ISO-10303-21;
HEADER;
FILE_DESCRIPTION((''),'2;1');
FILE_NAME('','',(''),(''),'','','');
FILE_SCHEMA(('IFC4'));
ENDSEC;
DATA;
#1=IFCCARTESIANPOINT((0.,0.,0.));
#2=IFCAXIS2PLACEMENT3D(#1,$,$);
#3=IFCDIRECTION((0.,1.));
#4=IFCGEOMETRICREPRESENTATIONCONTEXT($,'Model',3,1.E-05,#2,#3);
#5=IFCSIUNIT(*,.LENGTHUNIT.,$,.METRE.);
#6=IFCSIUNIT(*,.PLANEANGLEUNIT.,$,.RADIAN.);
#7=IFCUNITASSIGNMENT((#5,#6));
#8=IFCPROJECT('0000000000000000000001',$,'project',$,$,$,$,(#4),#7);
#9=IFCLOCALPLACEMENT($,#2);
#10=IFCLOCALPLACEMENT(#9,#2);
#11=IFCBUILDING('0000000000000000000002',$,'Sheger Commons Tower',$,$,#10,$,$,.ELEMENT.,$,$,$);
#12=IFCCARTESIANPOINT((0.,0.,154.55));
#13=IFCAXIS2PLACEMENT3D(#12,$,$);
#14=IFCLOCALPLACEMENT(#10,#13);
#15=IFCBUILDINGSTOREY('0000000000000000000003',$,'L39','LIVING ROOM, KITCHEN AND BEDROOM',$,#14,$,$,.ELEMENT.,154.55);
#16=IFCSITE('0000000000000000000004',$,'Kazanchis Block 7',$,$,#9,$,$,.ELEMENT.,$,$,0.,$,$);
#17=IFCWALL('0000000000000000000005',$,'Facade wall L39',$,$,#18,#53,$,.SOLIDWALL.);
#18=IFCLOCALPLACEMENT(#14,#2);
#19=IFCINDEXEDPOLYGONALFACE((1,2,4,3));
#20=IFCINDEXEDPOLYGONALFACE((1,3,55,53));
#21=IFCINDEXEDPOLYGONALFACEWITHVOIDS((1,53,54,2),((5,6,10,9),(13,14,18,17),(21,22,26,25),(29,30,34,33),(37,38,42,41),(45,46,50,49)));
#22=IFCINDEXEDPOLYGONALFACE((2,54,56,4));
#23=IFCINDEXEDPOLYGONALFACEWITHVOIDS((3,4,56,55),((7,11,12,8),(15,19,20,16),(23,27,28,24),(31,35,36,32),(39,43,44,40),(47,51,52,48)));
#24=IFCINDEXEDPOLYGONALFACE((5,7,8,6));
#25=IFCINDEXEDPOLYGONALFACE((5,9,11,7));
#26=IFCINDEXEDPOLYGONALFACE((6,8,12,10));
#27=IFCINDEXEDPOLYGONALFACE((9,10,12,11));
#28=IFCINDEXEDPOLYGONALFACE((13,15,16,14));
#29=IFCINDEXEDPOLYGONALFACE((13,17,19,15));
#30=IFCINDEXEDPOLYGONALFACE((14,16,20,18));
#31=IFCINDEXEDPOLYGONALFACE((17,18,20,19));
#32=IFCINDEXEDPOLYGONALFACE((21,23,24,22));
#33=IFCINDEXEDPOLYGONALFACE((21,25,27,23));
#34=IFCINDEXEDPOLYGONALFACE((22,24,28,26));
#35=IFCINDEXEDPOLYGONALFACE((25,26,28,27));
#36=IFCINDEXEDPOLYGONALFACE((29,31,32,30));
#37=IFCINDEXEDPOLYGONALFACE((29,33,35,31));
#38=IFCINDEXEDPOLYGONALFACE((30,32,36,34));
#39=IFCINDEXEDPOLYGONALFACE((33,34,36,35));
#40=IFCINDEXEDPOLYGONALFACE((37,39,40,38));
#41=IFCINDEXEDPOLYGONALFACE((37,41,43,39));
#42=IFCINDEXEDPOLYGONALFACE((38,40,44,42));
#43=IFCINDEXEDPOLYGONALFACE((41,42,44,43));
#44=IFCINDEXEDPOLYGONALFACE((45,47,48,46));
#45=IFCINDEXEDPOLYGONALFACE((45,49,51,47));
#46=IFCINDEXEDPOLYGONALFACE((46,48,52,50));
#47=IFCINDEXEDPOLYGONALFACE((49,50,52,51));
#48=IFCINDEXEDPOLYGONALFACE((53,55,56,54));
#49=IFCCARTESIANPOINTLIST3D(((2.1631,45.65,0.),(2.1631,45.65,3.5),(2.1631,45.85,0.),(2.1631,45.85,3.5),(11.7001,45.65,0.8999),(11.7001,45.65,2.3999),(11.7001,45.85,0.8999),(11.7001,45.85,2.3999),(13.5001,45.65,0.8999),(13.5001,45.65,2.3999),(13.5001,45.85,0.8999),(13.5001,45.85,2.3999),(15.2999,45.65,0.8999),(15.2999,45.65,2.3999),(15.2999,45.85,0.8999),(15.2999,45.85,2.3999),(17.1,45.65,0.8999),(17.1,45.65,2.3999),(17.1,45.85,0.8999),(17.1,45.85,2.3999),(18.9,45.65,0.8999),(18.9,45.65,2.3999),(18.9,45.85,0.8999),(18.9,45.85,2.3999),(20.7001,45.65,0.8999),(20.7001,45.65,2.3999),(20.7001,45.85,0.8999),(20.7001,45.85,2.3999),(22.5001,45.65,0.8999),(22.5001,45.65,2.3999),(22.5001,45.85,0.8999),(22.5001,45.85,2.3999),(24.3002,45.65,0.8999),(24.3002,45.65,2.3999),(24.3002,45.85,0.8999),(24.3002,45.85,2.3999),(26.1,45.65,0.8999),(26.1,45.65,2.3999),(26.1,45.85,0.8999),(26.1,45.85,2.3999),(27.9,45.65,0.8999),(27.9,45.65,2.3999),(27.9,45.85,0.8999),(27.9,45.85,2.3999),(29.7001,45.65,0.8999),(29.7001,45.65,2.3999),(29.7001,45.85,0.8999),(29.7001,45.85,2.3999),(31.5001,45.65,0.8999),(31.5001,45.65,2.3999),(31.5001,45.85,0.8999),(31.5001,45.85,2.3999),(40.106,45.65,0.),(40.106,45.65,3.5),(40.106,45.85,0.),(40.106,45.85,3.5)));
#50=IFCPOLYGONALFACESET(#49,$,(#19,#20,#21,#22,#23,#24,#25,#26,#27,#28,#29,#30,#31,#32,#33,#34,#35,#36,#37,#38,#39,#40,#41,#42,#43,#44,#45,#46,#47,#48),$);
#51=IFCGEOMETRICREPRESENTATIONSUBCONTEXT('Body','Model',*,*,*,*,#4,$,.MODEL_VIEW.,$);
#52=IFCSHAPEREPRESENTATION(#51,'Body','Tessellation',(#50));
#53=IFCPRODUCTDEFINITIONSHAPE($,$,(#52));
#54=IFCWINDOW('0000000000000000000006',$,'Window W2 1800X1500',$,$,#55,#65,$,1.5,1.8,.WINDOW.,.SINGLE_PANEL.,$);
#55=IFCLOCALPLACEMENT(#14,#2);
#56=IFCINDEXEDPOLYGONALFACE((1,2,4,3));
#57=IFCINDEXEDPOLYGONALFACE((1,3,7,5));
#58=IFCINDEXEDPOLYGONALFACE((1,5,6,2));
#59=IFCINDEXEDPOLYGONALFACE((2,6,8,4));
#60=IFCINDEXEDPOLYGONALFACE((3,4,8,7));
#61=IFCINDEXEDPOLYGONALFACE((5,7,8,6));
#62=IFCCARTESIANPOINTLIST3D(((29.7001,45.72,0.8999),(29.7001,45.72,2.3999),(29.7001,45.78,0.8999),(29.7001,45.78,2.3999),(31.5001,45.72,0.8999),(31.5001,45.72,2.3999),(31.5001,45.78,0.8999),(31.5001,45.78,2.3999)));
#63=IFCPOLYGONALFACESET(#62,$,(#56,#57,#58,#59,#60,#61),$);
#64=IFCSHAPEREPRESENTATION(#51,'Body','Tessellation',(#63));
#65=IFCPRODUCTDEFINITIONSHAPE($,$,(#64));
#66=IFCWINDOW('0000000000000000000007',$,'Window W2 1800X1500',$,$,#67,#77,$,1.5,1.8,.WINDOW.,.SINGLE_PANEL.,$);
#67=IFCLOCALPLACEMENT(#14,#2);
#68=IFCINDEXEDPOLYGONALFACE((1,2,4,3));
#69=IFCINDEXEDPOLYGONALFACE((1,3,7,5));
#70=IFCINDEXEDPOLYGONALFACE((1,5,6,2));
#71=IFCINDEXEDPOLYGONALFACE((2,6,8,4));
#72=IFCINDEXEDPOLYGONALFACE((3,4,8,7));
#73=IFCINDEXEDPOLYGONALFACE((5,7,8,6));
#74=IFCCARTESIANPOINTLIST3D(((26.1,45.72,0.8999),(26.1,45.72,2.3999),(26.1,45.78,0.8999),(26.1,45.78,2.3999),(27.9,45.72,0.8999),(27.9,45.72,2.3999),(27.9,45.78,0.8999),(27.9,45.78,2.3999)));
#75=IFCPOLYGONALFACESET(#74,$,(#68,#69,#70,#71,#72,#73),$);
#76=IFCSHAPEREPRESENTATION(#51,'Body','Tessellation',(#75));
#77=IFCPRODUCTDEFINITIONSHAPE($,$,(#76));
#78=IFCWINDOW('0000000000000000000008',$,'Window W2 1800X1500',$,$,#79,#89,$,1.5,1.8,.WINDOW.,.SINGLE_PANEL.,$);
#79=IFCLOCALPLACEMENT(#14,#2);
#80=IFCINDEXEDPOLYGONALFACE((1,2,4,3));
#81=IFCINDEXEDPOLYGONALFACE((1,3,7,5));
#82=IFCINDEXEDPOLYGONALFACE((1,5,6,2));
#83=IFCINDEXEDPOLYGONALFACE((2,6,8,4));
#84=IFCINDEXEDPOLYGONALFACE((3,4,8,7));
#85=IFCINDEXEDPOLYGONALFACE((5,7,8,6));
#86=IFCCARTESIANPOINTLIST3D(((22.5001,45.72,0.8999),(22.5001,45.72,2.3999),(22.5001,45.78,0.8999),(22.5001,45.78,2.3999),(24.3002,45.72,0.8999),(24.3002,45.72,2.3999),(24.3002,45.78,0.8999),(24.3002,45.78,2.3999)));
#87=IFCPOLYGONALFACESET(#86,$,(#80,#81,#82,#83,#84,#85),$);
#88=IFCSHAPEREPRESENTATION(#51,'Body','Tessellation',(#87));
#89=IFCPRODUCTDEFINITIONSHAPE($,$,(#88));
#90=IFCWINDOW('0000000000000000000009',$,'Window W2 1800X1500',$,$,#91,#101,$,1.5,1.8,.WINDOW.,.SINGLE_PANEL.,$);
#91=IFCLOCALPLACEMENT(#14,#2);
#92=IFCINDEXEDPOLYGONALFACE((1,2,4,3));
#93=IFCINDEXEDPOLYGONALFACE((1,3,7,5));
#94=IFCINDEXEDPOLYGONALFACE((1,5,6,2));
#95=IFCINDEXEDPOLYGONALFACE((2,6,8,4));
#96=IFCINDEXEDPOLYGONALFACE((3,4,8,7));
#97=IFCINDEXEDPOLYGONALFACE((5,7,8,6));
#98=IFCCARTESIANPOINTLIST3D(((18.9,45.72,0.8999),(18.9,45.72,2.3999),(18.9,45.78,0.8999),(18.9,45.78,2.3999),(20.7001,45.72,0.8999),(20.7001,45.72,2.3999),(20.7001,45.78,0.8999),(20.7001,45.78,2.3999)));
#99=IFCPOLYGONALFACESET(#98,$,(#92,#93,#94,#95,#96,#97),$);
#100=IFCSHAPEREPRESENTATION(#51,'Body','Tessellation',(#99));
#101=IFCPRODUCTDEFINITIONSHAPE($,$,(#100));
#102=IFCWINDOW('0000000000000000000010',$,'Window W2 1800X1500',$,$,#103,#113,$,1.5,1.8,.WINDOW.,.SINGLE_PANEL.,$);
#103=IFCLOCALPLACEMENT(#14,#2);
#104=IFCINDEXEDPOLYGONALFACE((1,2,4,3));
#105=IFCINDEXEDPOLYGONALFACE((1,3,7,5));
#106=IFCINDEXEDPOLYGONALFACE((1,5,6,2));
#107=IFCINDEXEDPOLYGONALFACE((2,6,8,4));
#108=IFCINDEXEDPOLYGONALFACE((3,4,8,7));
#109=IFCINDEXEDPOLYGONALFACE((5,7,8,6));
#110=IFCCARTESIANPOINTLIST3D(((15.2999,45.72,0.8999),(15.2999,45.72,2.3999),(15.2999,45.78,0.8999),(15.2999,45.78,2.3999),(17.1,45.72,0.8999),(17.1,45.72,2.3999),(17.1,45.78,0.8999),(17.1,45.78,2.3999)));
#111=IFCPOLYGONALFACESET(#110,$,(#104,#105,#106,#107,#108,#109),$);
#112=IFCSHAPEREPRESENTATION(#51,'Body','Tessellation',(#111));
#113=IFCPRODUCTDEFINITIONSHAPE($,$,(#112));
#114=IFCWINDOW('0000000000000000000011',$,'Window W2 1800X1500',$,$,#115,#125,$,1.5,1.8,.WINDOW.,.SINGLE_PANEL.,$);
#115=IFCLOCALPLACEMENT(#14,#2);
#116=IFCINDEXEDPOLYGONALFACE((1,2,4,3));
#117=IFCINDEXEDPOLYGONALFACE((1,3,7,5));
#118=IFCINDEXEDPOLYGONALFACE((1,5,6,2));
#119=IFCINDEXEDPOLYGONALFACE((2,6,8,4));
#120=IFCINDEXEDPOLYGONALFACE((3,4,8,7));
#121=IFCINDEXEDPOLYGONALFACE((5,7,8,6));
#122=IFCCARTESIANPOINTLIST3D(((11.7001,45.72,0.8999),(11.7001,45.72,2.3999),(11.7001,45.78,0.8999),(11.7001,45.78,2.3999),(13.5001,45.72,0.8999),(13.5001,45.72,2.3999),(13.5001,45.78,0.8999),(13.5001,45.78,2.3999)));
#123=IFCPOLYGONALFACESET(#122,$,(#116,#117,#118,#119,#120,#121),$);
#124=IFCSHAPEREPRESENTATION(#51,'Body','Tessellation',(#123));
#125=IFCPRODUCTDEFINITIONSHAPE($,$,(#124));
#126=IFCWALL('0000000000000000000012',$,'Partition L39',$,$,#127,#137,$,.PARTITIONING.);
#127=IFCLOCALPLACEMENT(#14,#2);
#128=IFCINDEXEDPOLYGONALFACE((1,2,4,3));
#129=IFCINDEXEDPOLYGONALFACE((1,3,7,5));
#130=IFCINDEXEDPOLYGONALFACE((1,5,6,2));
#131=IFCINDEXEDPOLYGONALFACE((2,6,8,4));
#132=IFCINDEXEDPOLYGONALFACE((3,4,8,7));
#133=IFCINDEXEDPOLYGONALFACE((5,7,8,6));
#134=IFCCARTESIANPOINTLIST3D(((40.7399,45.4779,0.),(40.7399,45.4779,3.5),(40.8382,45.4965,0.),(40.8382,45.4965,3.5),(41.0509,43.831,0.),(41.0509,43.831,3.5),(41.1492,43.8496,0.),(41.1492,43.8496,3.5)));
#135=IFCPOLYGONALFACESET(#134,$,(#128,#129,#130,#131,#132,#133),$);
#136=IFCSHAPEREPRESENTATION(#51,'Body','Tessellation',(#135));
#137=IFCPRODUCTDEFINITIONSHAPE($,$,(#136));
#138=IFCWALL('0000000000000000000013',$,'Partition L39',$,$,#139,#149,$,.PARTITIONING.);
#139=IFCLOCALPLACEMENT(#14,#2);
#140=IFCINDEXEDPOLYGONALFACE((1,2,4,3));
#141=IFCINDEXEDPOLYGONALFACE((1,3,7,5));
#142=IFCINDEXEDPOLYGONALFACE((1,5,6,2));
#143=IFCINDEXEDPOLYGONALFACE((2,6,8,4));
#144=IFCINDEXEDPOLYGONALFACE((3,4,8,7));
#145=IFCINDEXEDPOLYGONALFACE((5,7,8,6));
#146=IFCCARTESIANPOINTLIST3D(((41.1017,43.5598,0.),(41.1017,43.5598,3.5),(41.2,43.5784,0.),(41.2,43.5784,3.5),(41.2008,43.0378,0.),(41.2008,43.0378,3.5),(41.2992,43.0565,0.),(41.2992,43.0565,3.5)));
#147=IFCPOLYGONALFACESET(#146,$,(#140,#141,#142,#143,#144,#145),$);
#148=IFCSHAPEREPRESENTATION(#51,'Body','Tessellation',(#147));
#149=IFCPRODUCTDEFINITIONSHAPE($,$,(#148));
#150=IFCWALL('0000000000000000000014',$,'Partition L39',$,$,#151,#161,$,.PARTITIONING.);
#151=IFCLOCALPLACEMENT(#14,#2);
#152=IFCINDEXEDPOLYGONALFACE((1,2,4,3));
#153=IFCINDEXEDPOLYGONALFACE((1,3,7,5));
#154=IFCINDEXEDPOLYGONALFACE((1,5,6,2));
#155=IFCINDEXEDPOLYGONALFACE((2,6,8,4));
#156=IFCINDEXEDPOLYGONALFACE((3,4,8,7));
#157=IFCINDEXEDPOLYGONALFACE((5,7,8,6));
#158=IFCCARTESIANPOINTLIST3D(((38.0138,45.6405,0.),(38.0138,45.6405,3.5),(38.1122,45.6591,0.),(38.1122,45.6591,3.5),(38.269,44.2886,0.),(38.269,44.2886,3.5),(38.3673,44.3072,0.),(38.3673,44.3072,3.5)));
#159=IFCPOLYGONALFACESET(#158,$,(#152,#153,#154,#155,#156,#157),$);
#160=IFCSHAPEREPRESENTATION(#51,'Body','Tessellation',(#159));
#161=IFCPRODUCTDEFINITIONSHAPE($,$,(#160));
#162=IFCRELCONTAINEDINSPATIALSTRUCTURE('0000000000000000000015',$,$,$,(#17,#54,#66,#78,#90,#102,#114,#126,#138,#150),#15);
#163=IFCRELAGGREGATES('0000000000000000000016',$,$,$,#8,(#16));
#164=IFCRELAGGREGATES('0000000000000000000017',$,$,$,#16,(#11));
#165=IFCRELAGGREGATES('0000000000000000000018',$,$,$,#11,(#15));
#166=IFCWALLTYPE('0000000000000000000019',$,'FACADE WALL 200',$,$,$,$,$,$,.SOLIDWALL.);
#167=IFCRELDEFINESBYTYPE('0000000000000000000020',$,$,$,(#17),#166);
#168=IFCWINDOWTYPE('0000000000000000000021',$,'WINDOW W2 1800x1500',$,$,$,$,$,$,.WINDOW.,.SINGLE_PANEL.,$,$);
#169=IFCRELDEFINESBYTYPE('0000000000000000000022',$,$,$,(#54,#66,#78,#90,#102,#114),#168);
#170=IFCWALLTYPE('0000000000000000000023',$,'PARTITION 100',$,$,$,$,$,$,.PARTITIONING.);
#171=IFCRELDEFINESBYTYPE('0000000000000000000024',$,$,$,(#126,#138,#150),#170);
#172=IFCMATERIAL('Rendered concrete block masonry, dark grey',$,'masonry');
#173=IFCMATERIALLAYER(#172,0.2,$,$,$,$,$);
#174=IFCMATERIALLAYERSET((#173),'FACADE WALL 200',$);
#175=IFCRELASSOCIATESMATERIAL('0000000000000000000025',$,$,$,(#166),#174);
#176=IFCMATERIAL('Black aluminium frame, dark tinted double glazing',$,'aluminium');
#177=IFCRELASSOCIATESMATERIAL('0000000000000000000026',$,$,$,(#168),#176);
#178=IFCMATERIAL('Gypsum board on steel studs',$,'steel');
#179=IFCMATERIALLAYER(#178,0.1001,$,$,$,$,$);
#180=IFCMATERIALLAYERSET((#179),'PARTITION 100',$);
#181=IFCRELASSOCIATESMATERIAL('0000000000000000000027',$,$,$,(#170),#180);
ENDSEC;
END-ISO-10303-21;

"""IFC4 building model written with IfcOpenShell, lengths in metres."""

from ifc_helpers import new_model, si_unit, direction, frame, frame_2d, origin, place, context, subcontext, project, spatial, rectangle, extrude, material, layer, layer_set, type_object, element, fill, save


model = new_model("IFC4")

# Units and contexts
model_context = context("Model", 3, precision=1e-05, world=origin(), true_north=direction((0.0, 1.0)))
body_context = subcontext(model_context, "Body", "Model", "MODEL_VIEW")
ifc_project = project(units=[si_unit("LENGTHUNIT", "METRE"), si_unit("PLANEANGLEUNIT", "RADIAN")], contexts=[model_context])

# Site, building, storey
site_placement = place(None, origin())
site = spatial("IfcSite", under=ifc_project, at=site_placement, Name="Kazanchis Block 7", CompositionType="ELEMENT", RefElevation=0.0)
building_placement = place(site_placement, origin())
building = spatial("IfcBuilding", under=site, at=building_placement, Name="Sheger Commons Tower", CompositionType="ELEMENT")
storey_placement = place(building_placement, frame((0.0, 0.0, 154.55)))
storey = spatial("IfcBuildingStorey", under=building, at=storey_placement, Name="L39", Description="LIVING ROOM, KITCHEN AND BEDROOM", CompositionType="ELEMENT", Elevation=154.55)

# Shared definitions
ifc_material_1 = material(Name="Rendered concrete block masonry, dark grey", Category="masonry")
ifc_layer_1 = layer(ifc_material_1, 0.2)
ifc_layer_set_1 = layer_set([ifc_layer_1], Name="FACADE WALL 200")
wall_type_1 = type_object("IfcWallType", Name="FACADE WALL 200", PredefinedType="SOLIDWALL", material=ifc_layer_set_1)

# Wall, openings, windows
wall_1_placement = place(storey_placement, frame((40.106, 45.75, 0.0), z_axis=(0.0, 0.0, 1.0), x_axis=(-1.0, 0.0, 0.0)))
wall_1 = element("IfcWall", 1, at=wall_1_placement, inside=storey, type_object=wall_type_1, Name="Facade wall L39", PredefinedType="SOLIDWALL", context=body_context, shape_type="SweptSolid", body=[
    extrude(rectangle(XDim=37.9429, YDim=0.2, at=frame_2d((18.9714, 0.0))), origin(), (0.0, 0.0, 1.0), 3.5),
])
opening_1_placement = place(wall_1_placement, frame((8.606, 0.0, 0.8999)))
opening_1 = element("IfcOpeningElement", 2, at=opening_1_placement, cuts=wall_1, PredefinedType="OPENING", context=body_context, shape_type="SweptSolid", body=[
    extrude(rectangle(XDim=1.8, YDim=1.5, at=frame_2d((0.8999, 0.75))), frame((0.0, 0.1099, 0.0), z_axis=(0.0, -1.0, 0.0), x_axis=(1.0, 0.0, 0.0)), (0.0, 0.0, 1.0), 0.22),
])
opening_2_placement = place(wall_1_placement, frame((12.2061, 0.0, 0.8999)))
opening_2 = element("IfcOpeningElement", 3, at=opening_2_placement, cuts=wall_1, PredefinedType="OPENING", context=body_context, shape_type="SweptSolid", body=[
    extrude(rectangle(XDim=1.8, YDim=1.5, at=frame_2d((0.8999, 0.75))), frame((0.0, 0.1099, 0.0), z_axis=(0.0, -1.0, 0.0), x_axis=(1.0, 0.0, 0.0)), (0.0, 0.0, 1.0), 0.22),
])
opening_3_placement = place(wall_1_placement, frame((15.8059, 0.0, 0.8999)))
opening_3 = element("IfcOpeningElement", 4, at=opening_3_placement, cuts=wall_1, PredefinedType="OPENING", context=body_context, shape_type="SweptSolid", body=[
    extrude(rectangle(XDim=1.8, YDim=1.5, at=frame_2d((0.8999, 0.75))), frame((0.0, 0.1099, 0.0), z_axis=(0.0, -1.0, 0.0), x_axis=(1.0, 0.0, 0.0)), (0.0, 0.0, 1.0), 0.22),
])
opening_4_placement = place(wall_1_placement, frame((19.406, 0.0, 0.8999)))
opening_4 = element("IfcOpeningElement", 5, at=opening_4_placement, cuts=wall_1, PredefinedType="OPENING", context=body_context, shape_type="SweptSolid", body=[
    extrude(rectangle(XDim=1.8, YDim=1.5, at=frame_2d((0.8999, 0.75))), frame((0.0, 0.1099, 0.0), z_axis=(0.0, -1.0, 0.0), x_axis=(1.0, 0.0, 0.0)), (0.0, 0.0, 1.0), 0.22),
])
opening_5_placement = place(wall_1_placement, frame((23.0061, 0.0, 0.8999)))
opening_5 = element("IfcOpeningElement", 6, at=opening_5_placement, cuts=wall_1, PredefinedType="OPENING", context=body_context, shape_type="SweptSolid", body=[
    extrude(rectangle(XDim=1.8, YDim=1.5, at=frame_2d((0.8999, 0.75))), frame((0.0, 0.1099, 0.0), z_axis=(0.0, -1.0, 0.0), x_axis=(1.0, 0.0, 0.0)), (0.0, 0.0, 1.0), 0.22),
])
opening_6_placement = place(wall_1_placement, frame((26.606, 0.0, 0.8999)))
opening_6 = element("IfcOpeningElement", 7, at=opening_6_placement, cuts=wall_1, PredefinedType="OPENING", context=body_context, shape_type="SweptSolid", body=[
    extrude(rectangle(XDim=1.8, YDim=1.5, at=frame_2d((0.8999, 0.75))), frame((0.0, 0.1099, 0.0), z_axis=(0.0, -1.0, 0.0), x_axis=(1.0, 0.0, 0.0)), (0.0, 0.0, 1.0), 0.22),
])
ifc_material_2 = material(Name="Black aluminium frame, dark tinted double glazing", Category="aluminium")
window_type = type_object("IfcWindowType", Name="WINDOW W2 1800x1500", PartitioningType="SINGLE_PANEL", PredefinedType="WINDOW", material=ifc_material_2)
window_1_placement = place(opening_1_placement, origin())
window_1 = element("IfcWindow", 8, at=window_1_placement, inside=storey, type_object=window_type, Name="Window W2 1800X1500", OverallHeight=1.5, OverallWidth=1.8, PartitioningType="SINGLE_PANEL", PredefinedType="WINDOW", context=body_context, shape_type="SweptSolid", body=[
    extrude(rectangle(XDim=1.8, YDim=1.5, at=frame_2d((0.8999, 0.75))), frame((0.0, 0.03, 0.0), z_axis=(0.0, -1.0, 0.0), x_axis=(1.0, 0.0, 0.0)), (0.0, 0.0, 1.0), 0.0601),
])
fill(opening_1, window_1)
window_2_placement = place(opening_2_placement, origin())
window_2 = element("IfcWindow", 9, at=window_2_placement, inside=storey, type_object=window_type, Name="Window W2 1800X1500", OverallHeight=1.5, OverallWidth=1.8, PartitioningType="SINGLE_PANEL", PredefinedType="WINDOW", context=body_context, shape_type="SweptSolid", body=[
    extrude(rectangle(XDim=1.8, YDim=1.5, at=frame_2d((0.8999, 0.75))), frame((0.0, 0.03, 0.0), z_axis=(0.0, -1.0, 0.0), x_axis=(1.0, 0.0, 0.0)), (0.0, 0.0, 1.0), 0.0601),
])
fill(opening_2, window_2)
window_3_placement = place(opening_3_placement, origin())
window_3 = element("IfcWindow", 10, at=window_3_placement, inside=storey, type_object=window_type, Name="Window W2 1800X1500", OverallHeight=1.5, OverallWidth=1.8, PartitioningType="SINGLE_PANEL", PredefinedType="WINDOW", context=body_context, shape_type="SweptSolid", body=[
    extrude(rectangle(XDim=1.8, YDim=1.5, at=frame_2d((0.8999, 0.75))), frame((0.0, 0.03, 0.0), z_axis=(0.0, -1.0, 0.0), x_axis=(1.0, 0.0, 0.0)), (0.0, 0.0, 1.0), 0.0601),
])
fill(opening_3, window_3)
window_4_placement = place(opening_4_placement, origin())
window_4 = element("IfcWindow", 11, at=window_4_placement, inside=storey, type_object=window_type, Name="Window W2 1800X1500", OverallHeight=1.5, OverallWidth=1.8, PartitioningType="SINGLE_PANEL", PredefinedType="WINDOW", context=body_context, shape_type="SweptSolid", body=[
    extrude(rectangle(XDim=1.8, YDim=1.5, at=frame_2d((0.8999, 0.75))), frame((0.0, 0.03, 0.0), z_axis=(0.0, -1.0, 0.0), x_axis=(1.0, 0.0, 0.0)), (0.0, 0.0, 1.0), 0.0601),
])
fill(opening_4, window_4)
window_5_placement = place(opening_5_placement, origin())
window_5 = element("IfcWindow", 12, at=window_5_placement, inside=storey, type_object=window_type, Name="Window W2 1800X1500", OverallHeight=1.5, OverallWidth=1.8, PartitioningType="SINGLE_PANEL", PredefinedType="WINDOW", context=body_context, shape_type="SweptSolid", body=[
    extrude(rectangle(XDim=1.8, YDim=1.5, at=frame_2d((0.8999, 0.75))), frame((0.0, 0.03, 0.0), z_axis=(0.0, -1.0, 0.0), x_axis=(1.0, 0.0, 0.0)), (0.0, 0.0, 1.0), 0.0601),
])
fill(opening_5, window_5)
window_6_placement = place(opening_6_placement, origin())
window_6 = element("IfcWindow", 13, at=window_6_placement, inside=storey, type_object=window_type, Name="Window W2 1800X1500", OverallHeight=1.5, OverallWidth=1.8, PartitioningType="SINGLE_PANEL", PredefinedType="WINDOW", context=body_context, shape_type="SweptSolid", body=[
    extrude(rectangle(XDim=1.8, YDim=1.5, at=frame_2d((0.8999, 0.75))), frame((0.0, 0.03, 0.0), z_axis=(0.0, -1.0, 0.0), x_axis=(1.0, 0.0, 0.0)), (0.0, 0.0, 1.0), 0.0601),
])
fill(opening_6, window_6)

# Walls
ifc_material_3 = material(Name="Gypsum board on steel studs", Category="steel")
ifc_layer_2 = layer(ifc_material_3, 0.1001)
ifc_layer_set_2 = layer_set([ifc_layer_2], Name="PARTITION 100")
wall_type_2 = type_object("IfcWallType", Name="PARTITION 100", PredefinedType="PARTITIONING", material=ifc_layer_set_2)
wall_2_placement = place(storey_placement, frame((40.7891, 45.4871, 0.0), z_axis=(0.0, 0.0, 1.0), x_axis=(0.185572, -0.982631, 0.0)))
element("IfcWall", 14, at=wall_2_placement, inside=storey, type_object=wall_type_2, Name="Partition L39", PredefinedType="PARTITIONING", context=body_context, shape_type="SweptSolid", body=[
    extrude(rectangle(XDim=1.676, YDim=0.1001, at=frame_2d((0.8379, 0.0))), origin(), (0.0, 0.0, 1.0), 3.5),
])
wall_3_placement = place(storey_placement, frame((41.1509, 43.5691, 0.0), z_axis=(0.0, 0.0, 1.0), x_axis=(0.186563, -0.982443, 0.0)))
element("IfcWall", 15, at=wall_3_placement, inside=storey, type_object=wall_type_2, Name="Partition L39", PredefinedType="PARTITIONING", context=body_context, shape_type="SweptSolid", body=[
    extrude(rectangle(XDim=0.5312, YDim=0.1001, at=frame_2d((0.2656, 0.0))), origin(), (0.0, 0.0, 1.0), 3.5),
])
wall_4_placement = place(storey_placement, frame((38.063, 45.6499, 0.0), z_axis=(0.0, 0.0, 1.0), x_axis=(0.185456, -0.982653, 0.0)))
element("IfcWall", 16, at=wall_4_placement, inside=storey, type_object=wall_type_2, Name="Partition L39", PredefinedType="PARTITIONING", context=body_context, shape_type="SweptSolid", body=[
    extrude(rectangle(XDim=1.3757, YDim=0.1001, at=frame_2d((0.688, 0.0))), origin(), (0.0, 0.0, 1.0), 3.5),
])

save(model, "model.ifc")
